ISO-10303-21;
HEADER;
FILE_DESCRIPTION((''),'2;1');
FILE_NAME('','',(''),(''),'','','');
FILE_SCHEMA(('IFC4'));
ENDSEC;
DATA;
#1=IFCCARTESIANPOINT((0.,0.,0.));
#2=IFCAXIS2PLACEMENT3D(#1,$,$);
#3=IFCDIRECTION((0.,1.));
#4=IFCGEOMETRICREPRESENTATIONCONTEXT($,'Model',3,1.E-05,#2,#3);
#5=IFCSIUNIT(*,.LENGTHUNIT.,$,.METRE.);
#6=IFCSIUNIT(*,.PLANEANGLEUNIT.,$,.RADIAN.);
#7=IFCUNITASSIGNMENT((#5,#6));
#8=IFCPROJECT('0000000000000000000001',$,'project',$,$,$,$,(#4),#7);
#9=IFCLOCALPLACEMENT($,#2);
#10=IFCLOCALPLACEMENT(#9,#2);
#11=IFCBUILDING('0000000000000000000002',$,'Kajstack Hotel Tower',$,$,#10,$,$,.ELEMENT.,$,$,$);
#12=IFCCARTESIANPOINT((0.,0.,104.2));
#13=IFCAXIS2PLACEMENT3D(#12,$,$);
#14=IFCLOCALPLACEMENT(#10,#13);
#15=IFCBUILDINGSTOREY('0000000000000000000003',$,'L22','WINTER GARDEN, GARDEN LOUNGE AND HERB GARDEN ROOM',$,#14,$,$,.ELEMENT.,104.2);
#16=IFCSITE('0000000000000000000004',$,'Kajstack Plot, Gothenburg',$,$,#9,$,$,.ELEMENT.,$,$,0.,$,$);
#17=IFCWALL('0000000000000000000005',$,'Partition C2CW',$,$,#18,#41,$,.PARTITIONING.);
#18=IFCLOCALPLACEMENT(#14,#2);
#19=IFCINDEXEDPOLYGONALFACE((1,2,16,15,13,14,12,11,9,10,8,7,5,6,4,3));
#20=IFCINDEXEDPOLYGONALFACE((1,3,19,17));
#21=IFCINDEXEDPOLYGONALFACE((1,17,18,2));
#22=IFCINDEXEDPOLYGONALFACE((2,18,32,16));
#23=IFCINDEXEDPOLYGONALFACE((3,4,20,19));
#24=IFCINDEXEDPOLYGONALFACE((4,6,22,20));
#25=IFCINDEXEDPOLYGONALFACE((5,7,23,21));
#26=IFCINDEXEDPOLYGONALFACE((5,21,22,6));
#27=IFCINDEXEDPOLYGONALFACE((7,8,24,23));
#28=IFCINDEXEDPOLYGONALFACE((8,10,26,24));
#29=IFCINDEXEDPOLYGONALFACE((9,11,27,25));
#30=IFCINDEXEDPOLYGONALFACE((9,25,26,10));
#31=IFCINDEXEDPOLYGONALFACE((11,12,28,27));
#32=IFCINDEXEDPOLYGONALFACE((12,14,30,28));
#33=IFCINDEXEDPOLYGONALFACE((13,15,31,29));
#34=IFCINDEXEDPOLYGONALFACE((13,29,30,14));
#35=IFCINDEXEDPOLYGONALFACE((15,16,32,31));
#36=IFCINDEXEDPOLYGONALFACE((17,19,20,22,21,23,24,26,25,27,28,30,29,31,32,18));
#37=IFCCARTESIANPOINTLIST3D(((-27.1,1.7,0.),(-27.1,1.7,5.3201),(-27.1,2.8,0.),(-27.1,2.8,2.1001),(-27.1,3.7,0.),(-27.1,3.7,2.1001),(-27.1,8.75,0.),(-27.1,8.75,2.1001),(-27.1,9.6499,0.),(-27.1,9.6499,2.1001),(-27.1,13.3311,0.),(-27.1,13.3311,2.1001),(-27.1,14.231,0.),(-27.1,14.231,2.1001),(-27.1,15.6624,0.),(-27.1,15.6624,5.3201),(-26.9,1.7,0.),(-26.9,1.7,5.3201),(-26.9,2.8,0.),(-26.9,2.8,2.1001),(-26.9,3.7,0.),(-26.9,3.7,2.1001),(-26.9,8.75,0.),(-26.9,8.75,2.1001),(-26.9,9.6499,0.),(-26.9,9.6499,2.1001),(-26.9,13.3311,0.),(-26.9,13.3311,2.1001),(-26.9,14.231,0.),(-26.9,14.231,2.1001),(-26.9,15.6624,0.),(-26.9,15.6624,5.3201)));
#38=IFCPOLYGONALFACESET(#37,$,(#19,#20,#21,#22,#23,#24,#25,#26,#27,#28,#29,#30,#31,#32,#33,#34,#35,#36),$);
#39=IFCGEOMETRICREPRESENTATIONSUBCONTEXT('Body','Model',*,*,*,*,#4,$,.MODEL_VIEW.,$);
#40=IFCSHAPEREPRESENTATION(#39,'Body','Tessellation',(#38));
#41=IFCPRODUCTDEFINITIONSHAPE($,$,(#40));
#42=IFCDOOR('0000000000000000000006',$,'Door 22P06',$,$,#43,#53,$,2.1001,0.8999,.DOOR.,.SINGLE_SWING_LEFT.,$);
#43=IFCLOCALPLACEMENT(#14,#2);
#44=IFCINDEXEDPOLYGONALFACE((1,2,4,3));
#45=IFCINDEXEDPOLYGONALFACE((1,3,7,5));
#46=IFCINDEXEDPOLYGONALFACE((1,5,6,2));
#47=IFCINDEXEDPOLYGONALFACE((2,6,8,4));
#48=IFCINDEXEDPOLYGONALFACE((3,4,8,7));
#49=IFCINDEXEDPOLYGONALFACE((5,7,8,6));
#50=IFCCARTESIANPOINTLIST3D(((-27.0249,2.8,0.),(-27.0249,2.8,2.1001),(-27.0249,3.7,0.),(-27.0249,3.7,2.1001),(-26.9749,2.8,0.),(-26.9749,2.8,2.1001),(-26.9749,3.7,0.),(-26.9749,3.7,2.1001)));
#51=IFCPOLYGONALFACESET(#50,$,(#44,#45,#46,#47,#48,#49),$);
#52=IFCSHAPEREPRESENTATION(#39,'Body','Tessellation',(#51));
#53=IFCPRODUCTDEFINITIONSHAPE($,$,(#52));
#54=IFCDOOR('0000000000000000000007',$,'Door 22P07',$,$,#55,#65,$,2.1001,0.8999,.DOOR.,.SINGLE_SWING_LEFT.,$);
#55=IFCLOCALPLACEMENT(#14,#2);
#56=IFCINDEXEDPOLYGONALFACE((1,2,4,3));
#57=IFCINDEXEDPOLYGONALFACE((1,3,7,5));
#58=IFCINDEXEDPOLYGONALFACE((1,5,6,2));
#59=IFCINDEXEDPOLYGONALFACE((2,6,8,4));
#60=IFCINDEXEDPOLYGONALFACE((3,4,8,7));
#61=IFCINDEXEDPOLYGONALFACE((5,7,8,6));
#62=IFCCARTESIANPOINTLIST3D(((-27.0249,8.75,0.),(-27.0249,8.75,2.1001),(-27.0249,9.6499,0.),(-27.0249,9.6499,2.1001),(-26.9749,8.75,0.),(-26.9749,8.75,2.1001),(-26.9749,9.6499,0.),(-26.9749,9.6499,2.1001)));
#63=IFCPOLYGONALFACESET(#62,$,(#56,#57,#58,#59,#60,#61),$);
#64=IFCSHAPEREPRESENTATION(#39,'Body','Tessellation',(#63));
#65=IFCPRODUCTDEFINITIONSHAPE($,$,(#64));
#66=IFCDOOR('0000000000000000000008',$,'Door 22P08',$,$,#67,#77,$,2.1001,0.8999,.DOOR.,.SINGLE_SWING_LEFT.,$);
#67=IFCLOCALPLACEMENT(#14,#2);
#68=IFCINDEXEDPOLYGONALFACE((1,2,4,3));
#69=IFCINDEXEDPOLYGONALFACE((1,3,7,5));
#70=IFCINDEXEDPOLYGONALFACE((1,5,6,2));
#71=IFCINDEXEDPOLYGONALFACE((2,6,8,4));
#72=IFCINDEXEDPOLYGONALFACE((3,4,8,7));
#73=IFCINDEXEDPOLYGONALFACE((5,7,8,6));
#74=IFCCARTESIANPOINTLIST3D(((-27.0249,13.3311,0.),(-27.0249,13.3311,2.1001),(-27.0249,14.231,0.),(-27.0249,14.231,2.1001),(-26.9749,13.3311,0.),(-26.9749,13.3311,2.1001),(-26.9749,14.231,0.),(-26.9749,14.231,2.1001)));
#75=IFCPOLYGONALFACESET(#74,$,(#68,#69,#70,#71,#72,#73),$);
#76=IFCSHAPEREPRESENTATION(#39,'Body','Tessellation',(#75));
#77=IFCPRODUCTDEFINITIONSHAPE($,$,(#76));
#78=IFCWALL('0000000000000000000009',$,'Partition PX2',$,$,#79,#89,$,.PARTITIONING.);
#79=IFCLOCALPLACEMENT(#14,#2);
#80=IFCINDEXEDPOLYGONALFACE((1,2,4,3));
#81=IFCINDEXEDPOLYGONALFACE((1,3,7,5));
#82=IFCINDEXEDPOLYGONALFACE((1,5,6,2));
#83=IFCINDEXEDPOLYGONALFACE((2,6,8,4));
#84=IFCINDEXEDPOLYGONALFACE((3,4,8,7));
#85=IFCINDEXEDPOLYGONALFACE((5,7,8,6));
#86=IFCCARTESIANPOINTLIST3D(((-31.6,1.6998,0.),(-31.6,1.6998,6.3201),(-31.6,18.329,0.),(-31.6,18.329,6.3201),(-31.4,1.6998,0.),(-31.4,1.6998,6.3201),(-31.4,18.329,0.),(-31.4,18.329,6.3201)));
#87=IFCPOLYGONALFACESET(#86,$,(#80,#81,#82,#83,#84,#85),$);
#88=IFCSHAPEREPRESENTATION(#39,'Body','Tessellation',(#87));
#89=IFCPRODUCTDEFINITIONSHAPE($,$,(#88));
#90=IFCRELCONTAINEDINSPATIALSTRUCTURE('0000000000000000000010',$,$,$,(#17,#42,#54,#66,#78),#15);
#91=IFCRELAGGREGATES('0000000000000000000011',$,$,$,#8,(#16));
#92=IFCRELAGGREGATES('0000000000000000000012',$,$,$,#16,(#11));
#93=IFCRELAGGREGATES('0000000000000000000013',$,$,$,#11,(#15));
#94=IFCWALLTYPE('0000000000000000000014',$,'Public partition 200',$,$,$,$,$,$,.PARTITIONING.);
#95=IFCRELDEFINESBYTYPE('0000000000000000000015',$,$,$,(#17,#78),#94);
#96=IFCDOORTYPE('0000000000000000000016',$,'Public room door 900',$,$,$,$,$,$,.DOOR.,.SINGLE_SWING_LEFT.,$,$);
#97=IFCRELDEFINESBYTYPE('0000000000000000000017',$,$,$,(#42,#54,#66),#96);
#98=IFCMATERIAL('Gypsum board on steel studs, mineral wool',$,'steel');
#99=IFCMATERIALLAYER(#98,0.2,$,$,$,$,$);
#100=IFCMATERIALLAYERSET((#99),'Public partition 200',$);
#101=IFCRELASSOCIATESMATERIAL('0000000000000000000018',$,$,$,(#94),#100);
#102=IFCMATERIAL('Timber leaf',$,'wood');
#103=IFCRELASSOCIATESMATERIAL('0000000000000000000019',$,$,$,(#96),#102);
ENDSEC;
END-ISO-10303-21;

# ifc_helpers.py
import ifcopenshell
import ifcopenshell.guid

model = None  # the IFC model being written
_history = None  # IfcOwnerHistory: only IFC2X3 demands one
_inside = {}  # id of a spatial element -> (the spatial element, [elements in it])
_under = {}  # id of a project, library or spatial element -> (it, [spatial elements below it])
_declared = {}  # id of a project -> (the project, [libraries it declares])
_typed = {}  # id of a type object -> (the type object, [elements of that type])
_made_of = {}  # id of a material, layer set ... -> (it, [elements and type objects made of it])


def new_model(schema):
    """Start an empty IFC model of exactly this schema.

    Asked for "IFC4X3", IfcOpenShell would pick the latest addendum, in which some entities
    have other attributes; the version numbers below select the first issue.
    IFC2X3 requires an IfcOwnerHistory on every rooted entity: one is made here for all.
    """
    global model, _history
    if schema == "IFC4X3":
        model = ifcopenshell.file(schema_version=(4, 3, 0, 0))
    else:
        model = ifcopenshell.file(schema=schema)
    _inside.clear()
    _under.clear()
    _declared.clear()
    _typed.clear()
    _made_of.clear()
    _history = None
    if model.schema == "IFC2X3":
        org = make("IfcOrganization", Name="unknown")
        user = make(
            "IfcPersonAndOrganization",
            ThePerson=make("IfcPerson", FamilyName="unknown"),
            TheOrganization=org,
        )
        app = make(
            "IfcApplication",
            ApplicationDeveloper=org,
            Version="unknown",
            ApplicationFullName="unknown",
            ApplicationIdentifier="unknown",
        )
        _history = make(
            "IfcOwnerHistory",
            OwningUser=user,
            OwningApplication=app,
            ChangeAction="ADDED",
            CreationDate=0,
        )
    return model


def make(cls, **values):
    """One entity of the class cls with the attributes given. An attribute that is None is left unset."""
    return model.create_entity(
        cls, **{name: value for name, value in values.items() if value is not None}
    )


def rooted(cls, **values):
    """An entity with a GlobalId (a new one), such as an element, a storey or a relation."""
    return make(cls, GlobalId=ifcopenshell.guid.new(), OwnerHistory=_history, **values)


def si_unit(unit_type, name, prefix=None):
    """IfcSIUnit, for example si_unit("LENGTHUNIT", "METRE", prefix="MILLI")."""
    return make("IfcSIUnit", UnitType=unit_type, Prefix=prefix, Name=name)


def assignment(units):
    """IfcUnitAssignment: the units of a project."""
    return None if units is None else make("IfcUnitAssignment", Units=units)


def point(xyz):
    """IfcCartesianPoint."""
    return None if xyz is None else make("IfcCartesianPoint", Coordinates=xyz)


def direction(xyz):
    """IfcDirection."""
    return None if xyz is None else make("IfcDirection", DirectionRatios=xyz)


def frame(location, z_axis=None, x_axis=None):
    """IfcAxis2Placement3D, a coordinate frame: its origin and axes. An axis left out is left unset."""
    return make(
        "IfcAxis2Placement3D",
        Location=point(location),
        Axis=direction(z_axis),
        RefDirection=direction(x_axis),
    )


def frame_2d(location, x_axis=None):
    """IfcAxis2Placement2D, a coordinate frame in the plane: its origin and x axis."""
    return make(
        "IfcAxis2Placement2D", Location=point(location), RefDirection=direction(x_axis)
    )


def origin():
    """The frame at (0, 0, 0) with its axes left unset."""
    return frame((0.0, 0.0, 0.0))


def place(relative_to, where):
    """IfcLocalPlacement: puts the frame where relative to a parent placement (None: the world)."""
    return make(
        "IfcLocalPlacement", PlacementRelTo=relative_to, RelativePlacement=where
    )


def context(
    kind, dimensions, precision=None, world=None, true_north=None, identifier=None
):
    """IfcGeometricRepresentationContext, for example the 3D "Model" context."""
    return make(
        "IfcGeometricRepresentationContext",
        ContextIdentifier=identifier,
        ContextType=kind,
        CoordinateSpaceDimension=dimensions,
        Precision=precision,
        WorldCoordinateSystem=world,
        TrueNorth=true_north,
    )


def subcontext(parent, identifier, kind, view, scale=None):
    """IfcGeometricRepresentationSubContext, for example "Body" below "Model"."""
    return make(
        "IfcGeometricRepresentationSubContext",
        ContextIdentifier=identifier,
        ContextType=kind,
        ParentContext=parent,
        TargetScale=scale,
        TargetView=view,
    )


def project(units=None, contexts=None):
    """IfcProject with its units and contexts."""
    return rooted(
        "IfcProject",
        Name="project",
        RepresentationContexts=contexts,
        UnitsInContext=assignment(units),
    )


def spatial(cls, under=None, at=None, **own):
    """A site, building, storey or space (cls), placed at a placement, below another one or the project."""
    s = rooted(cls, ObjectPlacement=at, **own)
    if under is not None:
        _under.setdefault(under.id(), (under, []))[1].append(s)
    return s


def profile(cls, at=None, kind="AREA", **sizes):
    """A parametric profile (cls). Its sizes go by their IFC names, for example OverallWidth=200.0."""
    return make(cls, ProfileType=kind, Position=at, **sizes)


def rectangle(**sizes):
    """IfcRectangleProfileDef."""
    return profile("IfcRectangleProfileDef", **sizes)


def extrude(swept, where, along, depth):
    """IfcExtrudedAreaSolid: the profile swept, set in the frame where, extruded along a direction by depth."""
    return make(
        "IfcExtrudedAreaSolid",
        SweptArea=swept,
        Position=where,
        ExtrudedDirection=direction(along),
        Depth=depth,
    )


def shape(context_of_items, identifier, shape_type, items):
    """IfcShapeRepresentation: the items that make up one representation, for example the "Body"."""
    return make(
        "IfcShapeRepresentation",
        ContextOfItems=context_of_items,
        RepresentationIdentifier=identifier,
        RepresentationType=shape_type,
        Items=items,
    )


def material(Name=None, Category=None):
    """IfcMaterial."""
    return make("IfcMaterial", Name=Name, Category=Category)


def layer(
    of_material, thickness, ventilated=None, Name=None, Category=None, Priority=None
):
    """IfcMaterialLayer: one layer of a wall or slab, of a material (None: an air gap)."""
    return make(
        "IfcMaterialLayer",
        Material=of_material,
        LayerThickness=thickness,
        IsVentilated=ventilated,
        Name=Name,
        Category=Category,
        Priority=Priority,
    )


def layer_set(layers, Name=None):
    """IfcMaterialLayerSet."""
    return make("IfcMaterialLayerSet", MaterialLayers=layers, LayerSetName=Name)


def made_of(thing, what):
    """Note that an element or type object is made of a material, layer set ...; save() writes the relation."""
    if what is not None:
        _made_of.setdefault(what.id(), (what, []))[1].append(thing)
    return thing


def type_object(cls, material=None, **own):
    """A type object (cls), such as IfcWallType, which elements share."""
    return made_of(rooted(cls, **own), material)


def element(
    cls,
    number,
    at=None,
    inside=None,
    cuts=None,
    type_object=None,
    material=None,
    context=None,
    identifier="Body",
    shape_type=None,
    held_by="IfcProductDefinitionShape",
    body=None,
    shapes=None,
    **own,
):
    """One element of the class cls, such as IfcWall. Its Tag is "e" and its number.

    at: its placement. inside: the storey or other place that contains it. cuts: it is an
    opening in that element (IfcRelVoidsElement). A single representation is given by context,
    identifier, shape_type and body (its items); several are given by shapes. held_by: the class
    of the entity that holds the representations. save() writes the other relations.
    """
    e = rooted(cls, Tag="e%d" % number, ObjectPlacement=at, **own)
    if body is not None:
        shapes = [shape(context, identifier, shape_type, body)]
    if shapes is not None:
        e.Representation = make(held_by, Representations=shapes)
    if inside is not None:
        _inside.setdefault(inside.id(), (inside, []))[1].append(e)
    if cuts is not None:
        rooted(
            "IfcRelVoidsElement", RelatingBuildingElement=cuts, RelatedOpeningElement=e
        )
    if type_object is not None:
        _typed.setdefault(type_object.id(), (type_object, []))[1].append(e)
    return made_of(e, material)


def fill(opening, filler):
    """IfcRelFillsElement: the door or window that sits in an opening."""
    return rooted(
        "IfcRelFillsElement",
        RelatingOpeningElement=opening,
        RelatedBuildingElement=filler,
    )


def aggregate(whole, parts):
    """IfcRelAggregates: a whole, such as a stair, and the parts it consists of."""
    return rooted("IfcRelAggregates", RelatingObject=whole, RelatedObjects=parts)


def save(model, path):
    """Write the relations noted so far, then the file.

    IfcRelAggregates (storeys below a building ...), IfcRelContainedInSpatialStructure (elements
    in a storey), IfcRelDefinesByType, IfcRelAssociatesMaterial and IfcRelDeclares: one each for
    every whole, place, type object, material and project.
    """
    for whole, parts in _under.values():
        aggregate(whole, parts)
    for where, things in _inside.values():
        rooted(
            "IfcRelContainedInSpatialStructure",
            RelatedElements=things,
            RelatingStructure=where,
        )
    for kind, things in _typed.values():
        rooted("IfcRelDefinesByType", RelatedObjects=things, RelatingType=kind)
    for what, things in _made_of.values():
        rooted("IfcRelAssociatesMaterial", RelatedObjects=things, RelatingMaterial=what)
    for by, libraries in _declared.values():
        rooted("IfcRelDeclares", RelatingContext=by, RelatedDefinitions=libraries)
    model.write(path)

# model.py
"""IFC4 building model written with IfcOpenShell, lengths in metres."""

from ifc_helpers import new_model, si_unit, direction, frame, frame_2d, origin, place, context, subcontext, project, spatial, rectangle, extrude, material, layer, layer_set, type_object, element, fill, save


model = new_model("IFC4")

# Units and contexts
model_context = context("Model", 3, precision=1e-05, world=origin(), true_north=direction((0.0, 1.0)))
body_context = subcontext(model_context, "Body", "Model", "MODEL_VIEW")
ifc_project = project(units=[si_unit("LENGTHUNIT", "METRE"), si_unit("PLANEANGLEUNIT", "RADIAN")], contexts=[model_context])

# Site, building, storey
site_placement = place(None, origin())
site = spatial("IfcSite", under=ifc_project, at=site_placement, Name="Kajstack Plot, Gothenburg", CompositionType="ELEMENT", RefElevation=0.0)
building_placement = place(site_placement, origin())
building = spatial("IfcBuilding", under=site, at=building_placement, Name="Kajstack Hotel Tower", CompositionType="ELEMENT")
storey_placement = place(building_placement, frame((0.0, 0.0, 104.2)))
storey = spatial("IfcBuildingStorey", under=building, at=storey_placement, Name="L22", Description="WINTER GARDEN, GARDEN LOUNGE AND HERB GARDEN ROOM", CompositionType="ELEMENT", Elevation=104.2)

# Wall, openings, doors
ifc_material_1 = material(Name="Gypsum board on steel studs, mineral wool", Category="steel")
ifc_layer_1 = layer(ifc_material_1, 0.2)
ifc_layer_set_1 = layer_set([ifc_layer_1], Name="Public partition 200")
wall_type = type_object("IfcWallType", Name="Public partition 200", PredefinedType="PARTITIONING", material=ifc_layer_set_1)
wall_1_placement = place(storey_placement, frame((-27.0, 1.7, 0.0), z_axis=(0.0, 0.0, 1.0), x_axis=(0.0, 1.0, 0.0)))
wall_1 = element("IfcWall", 1, at=wall_1_placement, inside=storey, type_object=wall_type, Name="Partition C2CW", PredefinedType="PARTITIONING", context=body_context, shape_type="SweptSolid", body=[
    extrude(rectangle(XDim=13.9624, YDim=0.2, at=frame_2d((6.9812, 0.0))), origin(), (0.0, 0.0, 1.0), 5.3201),
])
opening_1_placement = place(wall_1_placement, frame((1.1001, 0.0, 0.0)))
opening_1 = element("IfcOpeningElement", 2, at=opening_1_placement, cuts=wall_1, PredefinedType="OPENING", context=body_context, shape_type="SweptSolid", body=[
    extrude(rectangle(XDim=0.8999, YDim=2.1001, at=frame_2d((0.45, 1.05))), frame((0.0, 0.1099, 0.0), z_axis=(0.0, -1.0, 0.0), x_axis=(1.0, 0.0, 0.0)), (0.0, 0.0, 1.0), 0.22),
])
opening_2_placement = place(wall_1_placement, frame((7.05, 0.0, 0.0)))
opening_2 = element("IfcOpeningElement", 3, at=opening_2_placement, cuts=wall_1, PredefinedType="OPENING", context=body_context, shape_type="SweptSolid", body=[
    extrude(rectangle(XDim=0.8999, YDim=2.1001, at=frame_2d((0.45, 1.05))), frame((0.0, 0.1099, 0.0), z_axis=(0.0, -1.0, 0.0), x_axis=(1.0, 0.0, 0.0)), (0.0, 0.0, 1.0), 0.22),
])
opening_3_placement = place(wall_1_placement, frame((11.6311, 0.0, 0.0)))
opening_3 = element("IfcOpeningElement", 4, at=opening_3_placement, cuts=wall_1, PredefinedType="OPENING", context=body_context, shape_type="SweptSolid", body=[
    extrude(rectangle(XDim=0.8999, YDim=2.1001, at=frame_2d((0.45, 1.05))), frame((0.0, 0.1099, 0.0), z_axis=(0.0, -1.0, 0.0), x_axis=(1.0, 0.0, 0.0)), (0.0, 0.0, 1.0), 0.22),
])
ifc_material_2 = material(Name="Timber leaf", Category="wood")
door_type_1 = type_object("IfcDoorType", Name="Public room door 900", OperationType="SINGLE_SWING_LEFT", PredefinedType="DOOR", material=ifc_material_2)
door_1_placement = place(opening_1_placement, origin())
door_1 = element("IfcDoor", 5, at=door_1_placement, inside=storey, type_object=door_type_1, Name="Door 22P06", OperationType="SINGLE_SWING_LEFT", OverallHeight=2.1001, OverallWidth=0.8999, PredefinedType="DOOR", context=body_context, shape_type="SweptSolid", body=[
    extrude(rectangle(XDim=0.8999, YDim=2.1001, at=frame_2d((0.45, 1.05))), frame((0.0, 0.0249, 0.0), z_axis=(0.0, -1.0, 0.0), x_axis=(1.0, 0.0, 0.0)), (0.0, 0.0, 1.0), 0.05),
])
fill(opening_1, door_1)
door_2_placement = place(opening_2_placement, origin())
door_2 = element("IfcDoor", 6, at=door_2_placement, inside=storey, type_object=door_type_1, Name="Door 22P07", OperationType="SINGLE_SWING_LEFT", OverallHeight=2.1001, OverallWidth=0.8999, PredefinedType="DOOR", context=body_context, shape_type="SweptSolid", body=[
    extrude(rectangle(XDim=0.8999, YDim=2.1001, at=frame_2d((0.45, 1.05))), frame((0.0, 0.0249, 0.0), z_axis=(0.0, -1.0, 0.0), x_axis=(1.0, 0.0, 0.0)), (0.0, 0.0, 1.0), 0.05),
])
fill(opening_2, door_2)
door_3_placement = place(opening_3_placement, origin())
door_3 = element("IfcDoor", 7, at=door_3_placement, inside=storey, type_object=door_type_1, Name="Door 22P08", OperationType="SINGLE_SWING_LEFT", OverallHeight=2.1001, OverallWidth=0.8999, PredefinedType="DOOR", context=body_context, shape_type="SweptSolid", body=[
    extrude(rectangle(XDim=0.8999, YDim=2.1001, at=frame_2d((0.45, 1.05))), frame((0.0, 0.0249, 0.0), z_axis=(0.0, -1.0, 0.0), x_axis=(1.0, 0.0, 0.0)), (0.0, 0.0, 1.0), 0.05),
])
fill(opening_3, door_3)

# Wall
wall_2_placement = place(storey_placement, frame((-31.5, 1.7, 0.0), z_axis=(0.0, 0.0, 1.0), x_axis=(0.0, 1.0, 0.0)))
element("IfcWall", 8, at=wall_2_placement, inside=storey, type_object=wall_type, Name="Partition PX2", PredefinedType="PARTITIONING", context=body_context, shape_type="SweptSolid", body=[
    extrude(rectangle(XDim=16.6292, YDim=0.2, at=frame_2d((8.3145, 0.0))), origin(), (0.0, 0.0, 1.0), 6.3201),
])

save(model, "model.ifc")
